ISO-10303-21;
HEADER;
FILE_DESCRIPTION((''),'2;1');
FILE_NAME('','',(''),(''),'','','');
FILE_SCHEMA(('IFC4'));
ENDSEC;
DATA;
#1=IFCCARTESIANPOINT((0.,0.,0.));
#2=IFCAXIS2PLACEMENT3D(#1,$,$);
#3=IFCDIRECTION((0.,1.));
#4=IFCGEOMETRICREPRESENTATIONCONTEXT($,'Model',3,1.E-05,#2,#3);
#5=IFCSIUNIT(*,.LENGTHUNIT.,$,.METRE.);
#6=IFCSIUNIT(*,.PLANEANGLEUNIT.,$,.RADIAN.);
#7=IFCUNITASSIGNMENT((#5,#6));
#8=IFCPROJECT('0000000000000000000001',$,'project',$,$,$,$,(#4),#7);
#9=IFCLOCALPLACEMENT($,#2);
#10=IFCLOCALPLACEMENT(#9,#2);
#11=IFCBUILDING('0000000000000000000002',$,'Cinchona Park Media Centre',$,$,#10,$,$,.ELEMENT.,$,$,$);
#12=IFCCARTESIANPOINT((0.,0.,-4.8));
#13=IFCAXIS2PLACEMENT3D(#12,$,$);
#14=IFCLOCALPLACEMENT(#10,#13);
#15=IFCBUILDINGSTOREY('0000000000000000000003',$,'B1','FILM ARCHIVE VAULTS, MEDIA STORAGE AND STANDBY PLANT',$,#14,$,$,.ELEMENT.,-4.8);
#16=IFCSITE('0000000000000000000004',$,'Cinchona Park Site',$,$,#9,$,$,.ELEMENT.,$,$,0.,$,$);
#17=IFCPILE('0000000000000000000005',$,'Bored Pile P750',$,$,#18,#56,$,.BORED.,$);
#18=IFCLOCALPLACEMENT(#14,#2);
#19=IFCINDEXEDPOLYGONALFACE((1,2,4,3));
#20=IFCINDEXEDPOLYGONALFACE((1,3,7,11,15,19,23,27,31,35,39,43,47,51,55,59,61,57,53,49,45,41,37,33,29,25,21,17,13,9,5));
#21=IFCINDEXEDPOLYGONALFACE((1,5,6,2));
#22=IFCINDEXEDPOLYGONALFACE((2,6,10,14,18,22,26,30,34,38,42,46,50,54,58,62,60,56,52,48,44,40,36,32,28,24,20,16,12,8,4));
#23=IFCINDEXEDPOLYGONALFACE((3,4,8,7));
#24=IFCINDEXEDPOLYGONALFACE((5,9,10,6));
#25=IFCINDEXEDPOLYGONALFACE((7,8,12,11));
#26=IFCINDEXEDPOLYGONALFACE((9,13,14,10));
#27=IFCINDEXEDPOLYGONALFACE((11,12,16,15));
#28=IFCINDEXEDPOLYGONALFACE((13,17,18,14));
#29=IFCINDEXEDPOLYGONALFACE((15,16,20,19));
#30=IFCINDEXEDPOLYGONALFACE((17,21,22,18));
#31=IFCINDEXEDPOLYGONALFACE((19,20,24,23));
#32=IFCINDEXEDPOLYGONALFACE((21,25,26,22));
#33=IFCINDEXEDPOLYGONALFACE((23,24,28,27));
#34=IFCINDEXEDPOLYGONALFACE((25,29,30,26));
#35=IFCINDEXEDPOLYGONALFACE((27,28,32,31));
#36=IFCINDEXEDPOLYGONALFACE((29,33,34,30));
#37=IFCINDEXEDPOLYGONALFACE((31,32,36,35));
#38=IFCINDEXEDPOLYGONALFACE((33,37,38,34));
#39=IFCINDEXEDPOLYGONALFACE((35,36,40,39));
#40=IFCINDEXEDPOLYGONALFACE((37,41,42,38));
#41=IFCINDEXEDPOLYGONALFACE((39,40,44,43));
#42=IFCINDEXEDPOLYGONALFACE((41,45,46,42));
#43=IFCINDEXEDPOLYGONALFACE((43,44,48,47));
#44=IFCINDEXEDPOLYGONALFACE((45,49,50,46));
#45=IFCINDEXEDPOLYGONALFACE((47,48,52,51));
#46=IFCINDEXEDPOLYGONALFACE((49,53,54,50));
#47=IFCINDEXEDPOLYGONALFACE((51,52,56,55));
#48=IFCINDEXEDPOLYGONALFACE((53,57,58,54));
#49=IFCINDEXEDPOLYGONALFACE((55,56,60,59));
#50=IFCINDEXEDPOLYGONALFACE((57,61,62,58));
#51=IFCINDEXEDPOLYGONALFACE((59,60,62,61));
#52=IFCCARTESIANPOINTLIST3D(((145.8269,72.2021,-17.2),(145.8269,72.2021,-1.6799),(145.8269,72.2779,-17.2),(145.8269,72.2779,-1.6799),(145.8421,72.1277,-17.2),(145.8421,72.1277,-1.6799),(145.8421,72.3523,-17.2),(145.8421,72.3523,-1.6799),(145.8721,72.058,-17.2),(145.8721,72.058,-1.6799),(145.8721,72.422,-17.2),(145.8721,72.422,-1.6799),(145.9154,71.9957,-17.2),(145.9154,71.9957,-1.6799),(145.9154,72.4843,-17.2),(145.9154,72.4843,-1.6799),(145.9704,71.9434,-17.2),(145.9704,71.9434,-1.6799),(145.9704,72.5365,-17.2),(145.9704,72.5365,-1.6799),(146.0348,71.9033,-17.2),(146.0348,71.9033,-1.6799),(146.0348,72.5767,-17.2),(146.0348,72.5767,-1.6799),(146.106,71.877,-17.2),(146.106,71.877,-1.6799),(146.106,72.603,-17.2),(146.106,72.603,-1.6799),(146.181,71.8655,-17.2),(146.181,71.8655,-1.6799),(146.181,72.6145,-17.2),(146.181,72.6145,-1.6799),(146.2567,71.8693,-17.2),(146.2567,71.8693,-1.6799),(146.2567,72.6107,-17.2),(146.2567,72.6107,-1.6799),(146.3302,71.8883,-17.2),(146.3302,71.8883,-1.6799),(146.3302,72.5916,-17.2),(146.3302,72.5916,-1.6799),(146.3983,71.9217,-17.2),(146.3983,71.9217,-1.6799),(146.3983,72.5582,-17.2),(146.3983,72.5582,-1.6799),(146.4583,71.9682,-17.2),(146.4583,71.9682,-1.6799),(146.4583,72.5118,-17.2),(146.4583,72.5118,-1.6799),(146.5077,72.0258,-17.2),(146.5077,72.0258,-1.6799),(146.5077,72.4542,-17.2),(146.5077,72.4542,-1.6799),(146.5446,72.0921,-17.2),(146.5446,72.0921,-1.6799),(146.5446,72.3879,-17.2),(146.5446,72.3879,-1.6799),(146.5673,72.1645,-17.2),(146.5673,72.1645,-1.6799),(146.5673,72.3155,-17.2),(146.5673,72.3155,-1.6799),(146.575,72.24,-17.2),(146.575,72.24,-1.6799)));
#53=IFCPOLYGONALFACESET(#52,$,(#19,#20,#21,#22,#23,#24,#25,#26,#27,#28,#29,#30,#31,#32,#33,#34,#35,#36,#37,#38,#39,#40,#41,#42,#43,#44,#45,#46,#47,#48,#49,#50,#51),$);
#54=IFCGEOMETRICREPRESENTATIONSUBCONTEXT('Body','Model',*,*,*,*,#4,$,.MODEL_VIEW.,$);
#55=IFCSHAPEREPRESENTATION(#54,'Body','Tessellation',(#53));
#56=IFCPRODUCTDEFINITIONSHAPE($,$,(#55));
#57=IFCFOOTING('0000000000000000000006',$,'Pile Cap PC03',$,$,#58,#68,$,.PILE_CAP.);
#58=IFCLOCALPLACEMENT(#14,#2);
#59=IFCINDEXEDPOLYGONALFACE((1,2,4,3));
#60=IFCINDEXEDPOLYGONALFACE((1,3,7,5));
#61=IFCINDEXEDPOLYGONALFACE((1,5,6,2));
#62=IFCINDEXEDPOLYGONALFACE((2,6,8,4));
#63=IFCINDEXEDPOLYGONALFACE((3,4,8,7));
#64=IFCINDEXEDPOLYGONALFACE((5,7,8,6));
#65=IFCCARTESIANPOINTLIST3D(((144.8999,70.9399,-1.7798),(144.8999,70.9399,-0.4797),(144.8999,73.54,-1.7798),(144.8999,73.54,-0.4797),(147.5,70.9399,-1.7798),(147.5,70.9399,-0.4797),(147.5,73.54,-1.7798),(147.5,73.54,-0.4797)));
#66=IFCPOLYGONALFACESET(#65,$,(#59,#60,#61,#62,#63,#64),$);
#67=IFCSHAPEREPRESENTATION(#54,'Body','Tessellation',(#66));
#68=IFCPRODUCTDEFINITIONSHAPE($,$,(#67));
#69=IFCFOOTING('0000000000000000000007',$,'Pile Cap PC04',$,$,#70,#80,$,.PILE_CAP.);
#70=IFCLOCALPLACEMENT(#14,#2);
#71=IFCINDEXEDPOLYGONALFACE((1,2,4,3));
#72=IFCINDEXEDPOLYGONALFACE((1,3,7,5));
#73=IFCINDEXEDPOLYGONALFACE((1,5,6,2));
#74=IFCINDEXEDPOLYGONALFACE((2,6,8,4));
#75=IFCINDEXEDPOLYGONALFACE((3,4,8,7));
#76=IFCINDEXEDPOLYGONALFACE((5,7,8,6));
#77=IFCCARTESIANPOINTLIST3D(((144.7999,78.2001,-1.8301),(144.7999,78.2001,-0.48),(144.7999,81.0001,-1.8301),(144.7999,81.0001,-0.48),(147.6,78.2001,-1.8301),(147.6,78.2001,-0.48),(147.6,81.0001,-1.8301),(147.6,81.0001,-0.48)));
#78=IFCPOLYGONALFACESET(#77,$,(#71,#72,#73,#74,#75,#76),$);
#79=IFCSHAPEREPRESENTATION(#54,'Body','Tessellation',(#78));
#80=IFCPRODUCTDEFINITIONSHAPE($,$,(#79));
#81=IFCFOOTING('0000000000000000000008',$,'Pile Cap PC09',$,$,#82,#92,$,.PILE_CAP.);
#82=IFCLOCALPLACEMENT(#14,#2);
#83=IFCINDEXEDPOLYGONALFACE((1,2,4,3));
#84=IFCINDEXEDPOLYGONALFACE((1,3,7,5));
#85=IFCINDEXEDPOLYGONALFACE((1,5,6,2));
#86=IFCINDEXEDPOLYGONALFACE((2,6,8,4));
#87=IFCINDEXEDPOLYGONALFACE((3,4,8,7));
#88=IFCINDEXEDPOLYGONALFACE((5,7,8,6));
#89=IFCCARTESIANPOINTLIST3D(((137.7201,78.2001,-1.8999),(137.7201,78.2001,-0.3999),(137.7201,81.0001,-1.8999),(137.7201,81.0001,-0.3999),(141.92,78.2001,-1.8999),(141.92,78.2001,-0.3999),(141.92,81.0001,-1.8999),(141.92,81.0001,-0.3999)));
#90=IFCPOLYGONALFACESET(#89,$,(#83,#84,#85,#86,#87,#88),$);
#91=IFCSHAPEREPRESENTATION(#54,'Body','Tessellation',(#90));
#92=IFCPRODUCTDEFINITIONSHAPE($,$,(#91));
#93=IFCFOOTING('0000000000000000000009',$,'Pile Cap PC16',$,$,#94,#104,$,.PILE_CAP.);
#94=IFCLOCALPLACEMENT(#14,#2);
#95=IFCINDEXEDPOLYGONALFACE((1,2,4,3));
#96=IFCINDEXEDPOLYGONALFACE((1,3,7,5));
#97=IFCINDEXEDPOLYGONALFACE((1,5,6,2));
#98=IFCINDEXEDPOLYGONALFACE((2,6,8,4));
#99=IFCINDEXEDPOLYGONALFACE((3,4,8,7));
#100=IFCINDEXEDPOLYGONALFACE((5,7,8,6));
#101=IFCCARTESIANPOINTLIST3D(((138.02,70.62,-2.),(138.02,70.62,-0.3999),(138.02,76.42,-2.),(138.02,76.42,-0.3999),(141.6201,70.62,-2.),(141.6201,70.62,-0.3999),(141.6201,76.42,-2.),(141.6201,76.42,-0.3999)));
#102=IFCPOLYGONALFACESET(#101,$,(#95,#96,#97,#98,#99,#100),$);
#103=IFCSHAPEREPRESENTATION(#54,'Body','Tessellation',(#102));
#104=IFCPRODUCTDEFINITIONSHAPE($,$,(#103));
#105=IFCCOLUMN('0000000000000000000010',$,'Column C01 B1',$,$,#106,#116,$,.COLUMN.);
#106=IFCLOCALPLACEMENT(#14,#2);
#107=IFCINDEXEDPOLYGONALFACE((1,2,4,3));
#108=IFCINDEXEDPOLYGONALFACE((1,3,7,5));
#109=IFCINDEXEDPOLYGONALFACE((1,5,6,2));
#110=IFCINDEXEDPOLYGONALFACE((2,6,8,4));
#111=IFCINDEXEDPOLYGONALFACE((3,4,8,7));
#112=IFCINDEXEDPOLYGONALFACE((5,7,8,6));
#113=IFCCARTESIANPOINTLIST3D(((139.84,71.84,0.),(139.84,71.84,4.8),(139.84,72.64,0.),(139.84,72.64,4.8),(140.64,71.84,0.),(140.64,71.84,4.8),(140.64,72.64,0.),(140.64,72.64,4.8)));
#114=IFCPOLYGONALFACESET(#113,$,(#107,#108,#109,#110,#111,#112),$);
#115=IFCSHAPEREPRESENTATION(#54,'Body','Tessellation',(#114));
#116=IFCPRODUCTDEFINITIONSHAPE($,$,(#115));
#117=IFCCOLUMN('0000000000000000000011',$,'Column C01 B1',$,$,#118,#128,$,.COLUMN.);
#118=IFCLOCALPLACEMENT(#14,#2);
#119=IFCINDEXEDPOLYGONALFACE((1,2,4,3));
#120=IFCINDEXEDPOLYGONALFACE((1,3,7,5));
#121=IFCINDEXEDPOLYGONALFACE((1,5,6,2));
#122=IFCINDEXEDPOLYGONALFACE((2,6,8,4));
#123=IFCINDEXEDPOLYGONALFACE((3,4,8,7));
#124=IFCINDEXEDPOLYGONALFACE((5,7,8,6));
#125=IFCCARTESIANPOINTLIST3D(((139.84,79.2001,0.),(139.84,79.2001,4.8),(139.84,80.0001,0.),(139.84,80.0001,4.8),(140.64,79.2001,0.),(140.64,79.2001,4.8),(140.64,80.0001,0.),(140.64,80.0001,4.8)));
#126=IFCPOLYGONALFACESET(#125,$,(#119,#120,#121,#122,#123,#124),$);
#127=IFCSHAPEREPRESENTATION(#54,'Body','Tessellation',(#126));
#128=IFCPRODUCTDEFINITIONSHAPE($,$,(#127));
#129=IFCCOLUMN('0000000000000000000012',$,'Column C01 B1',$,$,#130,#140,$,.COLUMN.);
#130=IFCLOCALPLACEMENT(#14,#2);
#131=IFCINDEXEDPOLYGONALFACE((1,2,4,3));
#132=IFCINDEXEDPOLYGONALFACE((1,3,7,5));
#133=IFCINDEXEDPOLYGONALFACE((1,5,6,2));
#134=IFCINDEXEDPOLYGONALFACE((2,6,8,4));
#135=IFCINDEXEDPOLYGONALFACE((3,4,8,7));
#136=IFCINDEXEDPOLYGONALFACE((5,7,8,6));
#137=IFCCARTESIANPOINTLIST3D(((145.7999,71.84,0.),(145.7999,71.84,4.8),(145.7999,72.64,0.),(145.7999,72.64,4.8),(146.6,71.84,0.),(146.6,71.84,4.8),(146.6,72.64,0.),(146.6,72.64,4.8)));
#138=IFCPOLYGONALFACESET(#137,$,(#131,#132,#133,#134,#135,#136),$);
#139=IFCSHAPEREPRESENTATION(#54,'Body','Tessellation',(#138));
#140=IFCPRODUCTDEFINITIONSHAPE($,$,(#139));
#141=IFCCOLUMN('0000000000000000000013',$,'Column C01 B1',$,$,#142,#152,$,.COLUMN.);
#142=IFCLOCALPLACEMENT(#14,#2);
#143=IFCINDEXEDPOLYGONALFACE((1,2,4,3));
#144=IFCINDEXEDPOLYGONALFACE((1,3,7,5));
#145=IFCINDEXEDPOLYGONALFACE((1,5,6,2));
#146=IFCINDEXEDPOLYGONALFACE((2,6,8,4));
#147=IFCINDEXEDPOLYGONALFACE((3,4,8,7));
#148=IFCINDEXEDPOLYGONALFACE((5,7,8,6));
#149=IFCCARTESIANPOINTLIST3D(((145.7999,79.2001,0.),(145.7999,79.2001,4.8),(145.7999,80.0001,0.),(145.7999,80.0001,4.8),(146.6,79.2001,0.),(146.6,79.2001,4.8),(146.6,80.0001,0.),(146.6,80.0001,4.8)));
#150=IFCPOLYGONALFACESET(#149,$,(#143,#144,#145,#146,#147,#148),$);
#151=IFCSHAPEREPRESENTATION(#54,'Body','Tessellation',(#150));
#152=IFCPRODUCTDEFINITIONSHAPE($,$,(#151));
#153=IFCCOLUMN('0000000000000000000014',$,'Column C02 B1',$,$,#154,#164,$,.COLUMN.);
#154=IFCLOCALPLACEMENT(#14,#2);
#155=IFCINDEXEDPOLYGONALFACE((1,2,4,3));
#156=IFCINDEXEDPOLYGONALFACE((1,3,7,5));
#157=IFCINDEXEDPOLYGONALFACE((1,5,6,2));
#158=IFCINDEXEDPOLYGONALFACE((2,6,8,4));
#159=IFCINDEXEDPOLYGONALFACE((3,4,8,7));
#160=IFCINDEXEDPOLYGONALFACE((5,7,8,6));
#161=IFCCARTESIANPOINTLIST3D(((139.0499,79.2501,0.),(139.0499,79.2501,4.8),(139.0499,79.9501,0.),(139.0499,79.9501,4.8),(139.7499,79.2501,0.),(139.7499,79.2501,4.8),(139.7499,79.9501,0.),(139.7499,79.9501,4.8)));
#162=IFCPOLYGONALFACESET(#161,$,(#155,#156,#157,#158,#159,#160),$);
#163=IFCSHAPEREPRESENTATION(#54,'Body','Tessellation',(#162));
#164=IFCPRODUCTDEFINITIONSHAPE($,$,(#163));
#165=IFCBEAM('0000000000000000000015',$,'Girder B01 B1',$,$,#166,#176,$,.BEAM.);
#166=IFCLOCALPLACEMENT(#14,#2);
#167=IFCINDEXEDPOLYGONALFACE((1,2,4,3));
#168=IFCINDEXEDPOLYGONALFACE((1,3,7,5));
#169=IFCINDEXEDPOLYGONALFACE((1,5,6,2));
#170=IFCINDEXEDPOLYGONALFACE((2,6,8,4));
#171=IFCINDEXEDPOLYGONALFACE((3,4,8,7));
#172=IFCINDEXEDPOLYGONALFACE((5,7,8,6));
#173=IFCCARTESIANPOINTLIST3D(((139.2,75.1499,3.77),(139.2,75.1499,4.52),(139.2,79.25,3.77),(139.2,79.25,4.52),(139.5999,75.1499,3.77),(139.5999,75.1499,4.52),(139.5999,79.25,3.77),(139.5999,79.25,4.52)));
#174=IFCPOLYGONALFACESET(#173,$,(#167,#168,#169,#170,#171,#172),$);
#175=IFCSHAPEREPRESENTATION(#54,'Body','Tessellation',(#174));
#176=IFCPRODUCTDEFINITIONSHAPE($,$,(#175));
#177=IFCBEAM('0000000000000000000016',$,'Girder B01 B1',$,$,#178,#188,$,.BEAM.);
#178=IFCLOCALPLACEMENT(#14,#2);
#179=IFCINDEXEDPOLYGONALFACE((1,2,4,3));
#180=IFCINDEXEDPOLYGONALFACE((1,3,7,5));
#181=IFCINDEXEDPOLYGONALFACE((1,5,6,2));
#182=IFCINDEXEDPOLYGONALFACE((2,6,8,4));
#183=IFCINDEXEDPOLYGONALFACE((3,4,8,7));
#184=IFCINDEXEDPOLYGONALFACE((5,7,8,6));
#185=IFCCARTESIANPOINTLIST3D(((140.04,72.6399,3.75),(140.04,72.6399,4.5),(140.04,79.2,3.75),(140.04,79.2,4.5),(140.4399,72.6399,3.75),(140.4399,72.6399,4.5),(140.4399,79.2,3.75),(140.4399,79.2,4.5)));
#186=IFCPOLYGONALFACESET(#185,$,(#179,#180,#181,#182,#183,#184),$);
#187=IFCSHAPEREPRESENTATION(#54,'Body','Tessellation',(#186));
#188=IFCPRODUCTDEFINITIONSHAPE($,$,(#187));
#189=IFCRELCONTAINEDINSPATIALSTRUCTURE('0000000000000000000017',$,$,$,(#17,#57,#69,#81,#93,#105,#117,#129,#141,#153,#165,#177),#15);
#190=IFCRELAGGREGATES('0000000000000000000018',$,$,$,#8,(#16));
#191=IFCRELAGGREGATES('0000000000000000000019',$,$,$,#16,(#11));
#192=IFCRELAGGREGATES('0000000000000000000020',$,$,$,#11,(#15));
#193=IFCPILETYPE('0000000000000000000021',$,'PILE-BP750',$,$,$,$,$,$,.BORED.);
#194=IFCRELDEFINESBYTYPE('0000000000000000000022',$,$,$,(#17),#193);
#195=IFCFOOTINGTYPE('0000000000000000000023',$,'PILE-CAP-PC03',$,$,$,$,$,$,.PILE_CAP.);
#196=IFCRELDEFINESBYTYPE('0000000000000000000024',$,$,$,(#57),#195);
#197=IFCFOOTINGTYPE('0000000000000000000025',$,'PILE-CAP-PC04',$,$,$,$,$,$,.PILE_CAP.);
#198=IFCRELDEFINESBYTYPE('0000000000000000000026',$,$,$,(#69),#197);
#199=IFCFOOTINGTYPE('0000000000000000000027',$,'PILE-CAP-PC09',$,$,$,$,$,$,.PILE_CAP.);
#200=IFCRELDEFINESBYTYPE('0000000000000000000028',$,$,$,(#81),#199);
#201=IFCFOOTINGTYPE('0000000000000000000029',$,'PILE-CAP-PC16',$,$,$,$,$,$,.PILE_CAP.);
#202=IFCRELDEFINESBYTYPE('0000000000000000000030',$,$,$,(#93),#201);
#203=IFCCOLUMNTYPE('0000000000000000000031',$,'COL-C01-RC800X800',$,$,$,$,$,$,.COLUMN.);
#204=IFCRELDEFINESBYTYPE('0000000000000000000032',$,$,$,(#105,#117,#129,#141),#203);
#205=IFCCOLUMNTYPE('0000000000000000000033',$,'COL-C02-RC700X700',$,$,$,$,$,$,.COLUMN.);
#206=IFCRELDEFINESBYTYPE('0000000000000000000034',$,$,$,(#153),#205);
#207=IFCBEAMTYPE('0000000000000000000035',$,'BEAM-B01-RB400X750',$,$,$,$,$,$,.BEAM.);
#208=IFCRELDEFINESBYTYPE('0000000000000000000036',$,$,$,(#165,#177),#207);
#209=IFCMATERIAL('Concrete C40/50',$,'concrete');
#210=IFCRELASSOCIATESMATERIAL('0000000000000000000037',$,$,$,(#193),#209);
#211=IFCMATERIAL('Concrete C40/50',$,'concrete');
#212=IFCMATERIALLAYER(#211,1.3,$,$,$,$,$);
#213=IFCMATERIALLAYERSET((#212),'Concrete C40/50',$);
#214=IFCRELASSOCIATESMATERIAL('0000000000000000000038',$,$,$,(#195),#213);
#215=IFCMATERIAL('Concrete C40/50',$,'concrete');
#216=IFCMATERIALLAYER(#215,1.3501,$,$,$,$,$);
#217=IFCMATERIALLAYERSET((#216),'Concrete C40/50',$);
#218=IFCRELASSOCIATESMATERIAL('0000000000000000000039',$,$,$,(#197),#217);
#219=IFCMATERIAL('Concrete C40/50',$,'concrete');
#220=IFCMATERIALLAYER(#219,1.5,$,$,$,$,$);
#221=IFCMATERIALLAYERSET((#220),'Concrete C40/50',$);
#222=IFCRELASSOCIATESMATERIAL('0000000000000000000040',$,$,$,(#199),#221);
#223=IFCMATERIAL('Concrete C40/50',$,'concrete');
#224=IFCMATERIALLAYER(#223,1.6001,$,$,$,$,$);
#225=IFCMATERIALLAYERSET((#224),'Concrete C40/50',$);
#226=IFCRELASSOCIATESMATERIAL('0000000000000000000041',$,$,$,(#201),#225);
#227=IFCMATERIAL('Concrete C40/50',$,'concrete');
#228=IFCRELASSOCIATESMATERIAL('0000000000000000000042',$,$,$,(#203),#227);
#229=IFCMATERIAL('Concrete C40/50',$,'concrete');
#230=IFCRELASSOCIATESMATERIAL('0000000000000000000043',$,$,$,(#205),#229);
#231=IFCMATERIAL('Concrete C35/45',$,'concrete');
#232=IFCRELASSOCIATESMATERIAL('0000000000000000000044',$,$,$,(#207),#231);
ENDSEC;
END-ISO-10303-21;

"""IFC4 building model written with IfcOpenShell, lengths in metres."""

from ifc_helpers import new_model, si_unit, direction, frame, origin, origin_2d, place, context, subcontext, project, spatial, rectangle, circle, extrude, material, layer, layer_set, material_profile, profile_set, type_object, element, save


model = new_model("IFC4")

# Units and contexts
model_context = context("Model", 3, precision=1e-05, world=origin(), true_north=direction((0.0, 1.0)))
body_context = subcontext(model_context, "Body", "Model", "MODEL_VIEW")
ifc_project = project(units=[si_unit("LENGTHUNIT", "METRE"), si_unit("PLANEANGLEUNIT", "RADIAN")], contexts=[model_context])

# Site, building, storey
site_placement = place(None, origin())
site = spatial("IfcSite", under=ifc_project, at=site_placement, Name="Cinchona Park Site", CompositionType="ELEMENT", RefElevation=0.0)
building_placement = place(site_placement, origin())
building = spatial("IfcBuilding", under=site, at=building_placement, Name="Cinchona Park Media Centre", CompositionType="ELEMENT")
storey_placement = place(building_placement, frame((0.0, 0.0, -4.8)))
storey = spatial("IfcBuildingStorey", under=building, at=storey_placement, Name="B1", Description="FILM ARCHIVE VAULTS, MEDIA STORAGE AND STANDBY PLANT", CompositionType="ELEMENT", Elevation=-4.8)

# Pile
ifc_material_1 = material(Name="Concrete C40/50", Category="concrete")
ifc_material_profile_1 = material_profile(ifc_material_1, circle(Radius=0.375, at=origin_2d()), Name="BORED PILE 750")
ifc_profile_set_1 = profile_set([ifc_material_profile_1], Name="Concrete C40/50")
pile_type_1 = type_object("IfcPileType", Name="PILE-BP750", PredefinedType="BORED", material=ifc_profile_set_1)
pile_1_placement = place(storey_placement, frame((146.2, 72.24, -1.6799), z_axis=(0.0, 0.0, -1.0), x_axis=(1.0, 0.0, 0.0)))
element("IfcPile", 1, at=pile_1_placement, inside=storey, type_object=pile_type_1, Name="Bored Pile P750", PredefinedType="BORED", context=body_context, shape_type="SweptSolid", body=[
    extrude(circle(Radius=0.375, at=origin_2d()), origin(), (0.0, 0.0, 1.0), 15.52),
])

# Footings
ifc_material_2 = material(Name="Concrete C40/50", Category="concrete")
ifc_layer_1 = layer(ifc_material_2, 1.3)
ifc_layer_set_1 = layer_set([ifc_layer_1], Name="Concrete C40/50")
footing_type_1 = type_object("IfcFootingType", Name="PILE-CAP-PC03", PredefinedType="PILE_CAP", material=ifc_layer_set_1)
footing_1_placement = place(storey_placement, frame((146.2, 72.24, -1.7798), z_axis=(0.0, 0.0, 1.0), x_axis=(1.0, 0.0, 0.0)))
element("IfcFooting", 2, at=footing_1_placement, inside=storey, type_object=footing_type_1, Name="Pile Cap PC03", PredefinedType="PILE_CAP", context=body_context, shape_type="SweptSolid", body=[
    extrude(rectangle(XDim=2.6001, YDim=2.6001, at=origin_2d()), origin(), (0.0, 0.0, 1.0), 1.3),
])
ifc_material_3 = material(Name="Concrete C40/50", Category="concrete")
ifc_layer_2 = layer(ifc_material_3, 1.3501)
ifc_layer_set_2 = layer_set([ifc_layer_2], Name="Concrete C40/50")
footing_type_2 = type_object("IfcFootingType", Name="PILE-CAP-PC04", PredefinedType="PILE_CAP", material=ifc_layer_set_2)
footing_2_placement = place(storey_placement, frame((146.2, 79.6001, -1.8301), z_axis=(0.0, 0.0, 1.0), x_axis=(1.0, 0.0, 0.0)))
element("IfcFooting", 3, at=footing_2_placement, inside=storey, type_object=footing_type_2, Name="Pile Cap PC04", PredefinedType="PILE_CAP", context=body_context, shape_type="SweptSolid", body=[
    extrude(rectangle(XDim=2.8, YDim=2.8, at=origin_2d()), origin(), (0.0, 0.0, 1.0), 1.3501),
])
ifc_material_4 = material(Name="Concrete C40/50", Category="concrete")
ifc_layer_3 = layer(ifc_material_4, 1.5)
ifc_layer_set_3 = layer_set([ifc_layer_3], Name="Concrete C40/50")
footing_type_3 = type_object("IfcFootingType", Name="PILE-CAP-PC09", PredefinedType="PILE_CAP", material=ifc_layer_set_3)
footing_3_placement = place(storey_placement, frame((139.8201, 79.6001, -1.8999), z_axis=(0.0, 0.0, 1.0), x_axis=(1.0, 0.0, 0.0)))
element("IfcFooting", 4, at=footing_3_placement, inside=storey, type_object=footing_type_3, Name="Pile Cap PC09", PredefinedType="PILE_CAP", context=body_context, shape_type="SweptSolid", body=[
    extrude(rectangle(XDim=4.2, YDim=2.8, at=origin_2d()), origin(), (0.0, 0.0, 1.0), 1.5),
])
ifc_material_5 = material(Name="Concrete C40/50", Category="concrete")
ifc_layer_4 = layer(ifc_material_5, 1.6001)
ifc_layer_set_4 = layer_set([ifc_layer_4], Name="Concrete C40/50")
footing_type_4 = type_object("IfcFootingType", Name="PILE-CAP-PC16", PredefinedType="PILE_CAP", material=ifc_layer_set_4)
footing_4_placement = place(storey_placement, frame((139.8201, 73.52, -2.0), z_axis=(0.0, 0.0, 1.0), x_axis=(1.0, 0.0, 0.0)))
element("IfcFooting", 5, at=footing_4_placement, inside=storey, type_object=footing_type_4, Name="Pile Cap PC16", PredefinedType="PILE_CAP", context=body_context, shape_type="SweptSolid", body=[
    extrude(rectangle(XDim=3.6001, YDim=5.8, at=origin_2d()), origin(), (0.0, 0.0, 1.0), 1.6001),
])

# Columns
ifc_material_6 = material(Name="Concrete C40/50", Category="concrete")
ifc_material_profile_2 = material_profile(ifc_material_6, rectangle(XDim=0.8, YDim=0.8, at=origin_2d()), Name="RC 800X800")
ifc_profile_set_2 = profile_set([ifc_material_profile_2], Name="Concrete C40/50")
column_type_1 = type_object("IfcColumnType", Name="COL-C01-RC800X800", PredefinedType="COLUMN", material=ifc_profile_set_2)
for number, where, z_axis, x_axis, name in (
    (6, (140.24, 72.24, 0.0), (0.0, 0.0, 1.0), (1.0, 0.0, 0.0), "Column C01 B1"),
    (7, (140.24, 79.6001, 0.0), (0.0, 0.0, 1.0), (1.0, 0.0, 0.0), "Column C01 B1"),
    (8, (146.2, 72.24, 0.0), (0.0, 0.0, 1.0), (1.0, 0.0, 0.0), "Column C01 B1"),
    (9, (146.2, 79.6001, 0.0), (0.0, 0.0, 1.0), (1.0, 0.0, 0.0), "Column C01 B1"),
):
    element("IfcColumn", number, at=place(storey_placement, frame(where, z_axis=z_axis, x_axis=x_axis)), inside=storey, type_object=column_type_1, Name=name, PredefinedType="COLUMN", context=body_context, shape_type="SweptSolid", body=[
        extrude(rectangle(XDim=0.8, YDim=0.8, at=origin_2d()), origin(), (0.0, 0.0, 1.0), 4.8),
    ])
ifc_material_7 = material(Name="Concrete C40/50", Category="concrete")
ifc_material_profile_3 = material_profile(ifc_material_7, rectangle(XDim=0.7, YDim=0.7, at=origin_2d()), Name="RC 700X700")
ifc_profile_set_3 = profile_set([ifc_material_profile_3], Name="Concrete C40/50")
column_type_2 = type_object("IfcColumnType", Name="COL-C02-RC700X700", PredefinedType="COLUMN", material=ifc_profile_set_3)
column_placement = place(storey_placement, frame((139.3999, 79.6001, 0.0), z_axis=(0.0, 0.0, 1.0), x_axis=(1.0, 0.0, 0.0)))
element("IfcColumn", 10, at=column_placement, inside=storey, type_object=column_type_2, Name="Column C02 B1", PredefinedType="COLUMN", context=body_context, shape_type="SweptSolid", body=[
    extrude(rectangle(XDim=0.7, YDim=0.7, at=origin_2d()), origin(), (0.0, 0.0, 1.0), 4.8),
])

# Beams
ifc_material_8 = material(Name="Concrete C35/45", Category="concrete")
ifc_material_profile_4 = material_profile(ifc_material_8, rectangle(XDim=0.3999, YDim=0.75, at=origin_2d()), Name="RB 400X750")
ifc_profile_set_4 = profile_set([ifc_material_profile_4], Name="Concrete C35/45")
beam_type_1 = type_object("IfcBeamType", Name="BEAM-B01-RB400X750", PredefinedType="BEAM", material=ifc_profile_set_4)
beam_1_placement = place(storey_placement, frame((139.3999, 75.1499, 4.145), z_axis=(0.0, 1.0, 0.0), x_axis=(-1.0, 0.0, 0.0)))
element("IfcBeam", 11, at=beam_1_placement, inside=storey, type_object=beam_type_1, Name="Girder B01 B1", PredefinedType="BEAM", context=body_context, shape_type="SweptSolid", body=[
    extrude(rectangle(XDim=0.3999, YDim=0.75, at=origin_2d()), origin(), (0.0, 0.0, 1.0), 4.1001),
])
for number, where, z_axis, x_axis, name in (
    (12, (140.24, 72.6399, 4.125), (0.0, 1.0, 0.0), (-1.0, 0.0, 0.0), "Girder B01 B1"),
):
    element("IfcBeam", number, at=place(storey_placement, frame(where, z_axis=z_axis, x_axis=x_axis)), inside=storey, type_object=beam_type_1, Name=name, PredefinedType="BEAM", context=body_context, shape_type="SweptSolid", body=[
        extrude(rectangle(XDim=0.3999, YDim=0.75, at=origin_2d()), origin(), (0.0, 0.0, 1.0), 6.5601),
    ])

save(model, "model.ifc")
